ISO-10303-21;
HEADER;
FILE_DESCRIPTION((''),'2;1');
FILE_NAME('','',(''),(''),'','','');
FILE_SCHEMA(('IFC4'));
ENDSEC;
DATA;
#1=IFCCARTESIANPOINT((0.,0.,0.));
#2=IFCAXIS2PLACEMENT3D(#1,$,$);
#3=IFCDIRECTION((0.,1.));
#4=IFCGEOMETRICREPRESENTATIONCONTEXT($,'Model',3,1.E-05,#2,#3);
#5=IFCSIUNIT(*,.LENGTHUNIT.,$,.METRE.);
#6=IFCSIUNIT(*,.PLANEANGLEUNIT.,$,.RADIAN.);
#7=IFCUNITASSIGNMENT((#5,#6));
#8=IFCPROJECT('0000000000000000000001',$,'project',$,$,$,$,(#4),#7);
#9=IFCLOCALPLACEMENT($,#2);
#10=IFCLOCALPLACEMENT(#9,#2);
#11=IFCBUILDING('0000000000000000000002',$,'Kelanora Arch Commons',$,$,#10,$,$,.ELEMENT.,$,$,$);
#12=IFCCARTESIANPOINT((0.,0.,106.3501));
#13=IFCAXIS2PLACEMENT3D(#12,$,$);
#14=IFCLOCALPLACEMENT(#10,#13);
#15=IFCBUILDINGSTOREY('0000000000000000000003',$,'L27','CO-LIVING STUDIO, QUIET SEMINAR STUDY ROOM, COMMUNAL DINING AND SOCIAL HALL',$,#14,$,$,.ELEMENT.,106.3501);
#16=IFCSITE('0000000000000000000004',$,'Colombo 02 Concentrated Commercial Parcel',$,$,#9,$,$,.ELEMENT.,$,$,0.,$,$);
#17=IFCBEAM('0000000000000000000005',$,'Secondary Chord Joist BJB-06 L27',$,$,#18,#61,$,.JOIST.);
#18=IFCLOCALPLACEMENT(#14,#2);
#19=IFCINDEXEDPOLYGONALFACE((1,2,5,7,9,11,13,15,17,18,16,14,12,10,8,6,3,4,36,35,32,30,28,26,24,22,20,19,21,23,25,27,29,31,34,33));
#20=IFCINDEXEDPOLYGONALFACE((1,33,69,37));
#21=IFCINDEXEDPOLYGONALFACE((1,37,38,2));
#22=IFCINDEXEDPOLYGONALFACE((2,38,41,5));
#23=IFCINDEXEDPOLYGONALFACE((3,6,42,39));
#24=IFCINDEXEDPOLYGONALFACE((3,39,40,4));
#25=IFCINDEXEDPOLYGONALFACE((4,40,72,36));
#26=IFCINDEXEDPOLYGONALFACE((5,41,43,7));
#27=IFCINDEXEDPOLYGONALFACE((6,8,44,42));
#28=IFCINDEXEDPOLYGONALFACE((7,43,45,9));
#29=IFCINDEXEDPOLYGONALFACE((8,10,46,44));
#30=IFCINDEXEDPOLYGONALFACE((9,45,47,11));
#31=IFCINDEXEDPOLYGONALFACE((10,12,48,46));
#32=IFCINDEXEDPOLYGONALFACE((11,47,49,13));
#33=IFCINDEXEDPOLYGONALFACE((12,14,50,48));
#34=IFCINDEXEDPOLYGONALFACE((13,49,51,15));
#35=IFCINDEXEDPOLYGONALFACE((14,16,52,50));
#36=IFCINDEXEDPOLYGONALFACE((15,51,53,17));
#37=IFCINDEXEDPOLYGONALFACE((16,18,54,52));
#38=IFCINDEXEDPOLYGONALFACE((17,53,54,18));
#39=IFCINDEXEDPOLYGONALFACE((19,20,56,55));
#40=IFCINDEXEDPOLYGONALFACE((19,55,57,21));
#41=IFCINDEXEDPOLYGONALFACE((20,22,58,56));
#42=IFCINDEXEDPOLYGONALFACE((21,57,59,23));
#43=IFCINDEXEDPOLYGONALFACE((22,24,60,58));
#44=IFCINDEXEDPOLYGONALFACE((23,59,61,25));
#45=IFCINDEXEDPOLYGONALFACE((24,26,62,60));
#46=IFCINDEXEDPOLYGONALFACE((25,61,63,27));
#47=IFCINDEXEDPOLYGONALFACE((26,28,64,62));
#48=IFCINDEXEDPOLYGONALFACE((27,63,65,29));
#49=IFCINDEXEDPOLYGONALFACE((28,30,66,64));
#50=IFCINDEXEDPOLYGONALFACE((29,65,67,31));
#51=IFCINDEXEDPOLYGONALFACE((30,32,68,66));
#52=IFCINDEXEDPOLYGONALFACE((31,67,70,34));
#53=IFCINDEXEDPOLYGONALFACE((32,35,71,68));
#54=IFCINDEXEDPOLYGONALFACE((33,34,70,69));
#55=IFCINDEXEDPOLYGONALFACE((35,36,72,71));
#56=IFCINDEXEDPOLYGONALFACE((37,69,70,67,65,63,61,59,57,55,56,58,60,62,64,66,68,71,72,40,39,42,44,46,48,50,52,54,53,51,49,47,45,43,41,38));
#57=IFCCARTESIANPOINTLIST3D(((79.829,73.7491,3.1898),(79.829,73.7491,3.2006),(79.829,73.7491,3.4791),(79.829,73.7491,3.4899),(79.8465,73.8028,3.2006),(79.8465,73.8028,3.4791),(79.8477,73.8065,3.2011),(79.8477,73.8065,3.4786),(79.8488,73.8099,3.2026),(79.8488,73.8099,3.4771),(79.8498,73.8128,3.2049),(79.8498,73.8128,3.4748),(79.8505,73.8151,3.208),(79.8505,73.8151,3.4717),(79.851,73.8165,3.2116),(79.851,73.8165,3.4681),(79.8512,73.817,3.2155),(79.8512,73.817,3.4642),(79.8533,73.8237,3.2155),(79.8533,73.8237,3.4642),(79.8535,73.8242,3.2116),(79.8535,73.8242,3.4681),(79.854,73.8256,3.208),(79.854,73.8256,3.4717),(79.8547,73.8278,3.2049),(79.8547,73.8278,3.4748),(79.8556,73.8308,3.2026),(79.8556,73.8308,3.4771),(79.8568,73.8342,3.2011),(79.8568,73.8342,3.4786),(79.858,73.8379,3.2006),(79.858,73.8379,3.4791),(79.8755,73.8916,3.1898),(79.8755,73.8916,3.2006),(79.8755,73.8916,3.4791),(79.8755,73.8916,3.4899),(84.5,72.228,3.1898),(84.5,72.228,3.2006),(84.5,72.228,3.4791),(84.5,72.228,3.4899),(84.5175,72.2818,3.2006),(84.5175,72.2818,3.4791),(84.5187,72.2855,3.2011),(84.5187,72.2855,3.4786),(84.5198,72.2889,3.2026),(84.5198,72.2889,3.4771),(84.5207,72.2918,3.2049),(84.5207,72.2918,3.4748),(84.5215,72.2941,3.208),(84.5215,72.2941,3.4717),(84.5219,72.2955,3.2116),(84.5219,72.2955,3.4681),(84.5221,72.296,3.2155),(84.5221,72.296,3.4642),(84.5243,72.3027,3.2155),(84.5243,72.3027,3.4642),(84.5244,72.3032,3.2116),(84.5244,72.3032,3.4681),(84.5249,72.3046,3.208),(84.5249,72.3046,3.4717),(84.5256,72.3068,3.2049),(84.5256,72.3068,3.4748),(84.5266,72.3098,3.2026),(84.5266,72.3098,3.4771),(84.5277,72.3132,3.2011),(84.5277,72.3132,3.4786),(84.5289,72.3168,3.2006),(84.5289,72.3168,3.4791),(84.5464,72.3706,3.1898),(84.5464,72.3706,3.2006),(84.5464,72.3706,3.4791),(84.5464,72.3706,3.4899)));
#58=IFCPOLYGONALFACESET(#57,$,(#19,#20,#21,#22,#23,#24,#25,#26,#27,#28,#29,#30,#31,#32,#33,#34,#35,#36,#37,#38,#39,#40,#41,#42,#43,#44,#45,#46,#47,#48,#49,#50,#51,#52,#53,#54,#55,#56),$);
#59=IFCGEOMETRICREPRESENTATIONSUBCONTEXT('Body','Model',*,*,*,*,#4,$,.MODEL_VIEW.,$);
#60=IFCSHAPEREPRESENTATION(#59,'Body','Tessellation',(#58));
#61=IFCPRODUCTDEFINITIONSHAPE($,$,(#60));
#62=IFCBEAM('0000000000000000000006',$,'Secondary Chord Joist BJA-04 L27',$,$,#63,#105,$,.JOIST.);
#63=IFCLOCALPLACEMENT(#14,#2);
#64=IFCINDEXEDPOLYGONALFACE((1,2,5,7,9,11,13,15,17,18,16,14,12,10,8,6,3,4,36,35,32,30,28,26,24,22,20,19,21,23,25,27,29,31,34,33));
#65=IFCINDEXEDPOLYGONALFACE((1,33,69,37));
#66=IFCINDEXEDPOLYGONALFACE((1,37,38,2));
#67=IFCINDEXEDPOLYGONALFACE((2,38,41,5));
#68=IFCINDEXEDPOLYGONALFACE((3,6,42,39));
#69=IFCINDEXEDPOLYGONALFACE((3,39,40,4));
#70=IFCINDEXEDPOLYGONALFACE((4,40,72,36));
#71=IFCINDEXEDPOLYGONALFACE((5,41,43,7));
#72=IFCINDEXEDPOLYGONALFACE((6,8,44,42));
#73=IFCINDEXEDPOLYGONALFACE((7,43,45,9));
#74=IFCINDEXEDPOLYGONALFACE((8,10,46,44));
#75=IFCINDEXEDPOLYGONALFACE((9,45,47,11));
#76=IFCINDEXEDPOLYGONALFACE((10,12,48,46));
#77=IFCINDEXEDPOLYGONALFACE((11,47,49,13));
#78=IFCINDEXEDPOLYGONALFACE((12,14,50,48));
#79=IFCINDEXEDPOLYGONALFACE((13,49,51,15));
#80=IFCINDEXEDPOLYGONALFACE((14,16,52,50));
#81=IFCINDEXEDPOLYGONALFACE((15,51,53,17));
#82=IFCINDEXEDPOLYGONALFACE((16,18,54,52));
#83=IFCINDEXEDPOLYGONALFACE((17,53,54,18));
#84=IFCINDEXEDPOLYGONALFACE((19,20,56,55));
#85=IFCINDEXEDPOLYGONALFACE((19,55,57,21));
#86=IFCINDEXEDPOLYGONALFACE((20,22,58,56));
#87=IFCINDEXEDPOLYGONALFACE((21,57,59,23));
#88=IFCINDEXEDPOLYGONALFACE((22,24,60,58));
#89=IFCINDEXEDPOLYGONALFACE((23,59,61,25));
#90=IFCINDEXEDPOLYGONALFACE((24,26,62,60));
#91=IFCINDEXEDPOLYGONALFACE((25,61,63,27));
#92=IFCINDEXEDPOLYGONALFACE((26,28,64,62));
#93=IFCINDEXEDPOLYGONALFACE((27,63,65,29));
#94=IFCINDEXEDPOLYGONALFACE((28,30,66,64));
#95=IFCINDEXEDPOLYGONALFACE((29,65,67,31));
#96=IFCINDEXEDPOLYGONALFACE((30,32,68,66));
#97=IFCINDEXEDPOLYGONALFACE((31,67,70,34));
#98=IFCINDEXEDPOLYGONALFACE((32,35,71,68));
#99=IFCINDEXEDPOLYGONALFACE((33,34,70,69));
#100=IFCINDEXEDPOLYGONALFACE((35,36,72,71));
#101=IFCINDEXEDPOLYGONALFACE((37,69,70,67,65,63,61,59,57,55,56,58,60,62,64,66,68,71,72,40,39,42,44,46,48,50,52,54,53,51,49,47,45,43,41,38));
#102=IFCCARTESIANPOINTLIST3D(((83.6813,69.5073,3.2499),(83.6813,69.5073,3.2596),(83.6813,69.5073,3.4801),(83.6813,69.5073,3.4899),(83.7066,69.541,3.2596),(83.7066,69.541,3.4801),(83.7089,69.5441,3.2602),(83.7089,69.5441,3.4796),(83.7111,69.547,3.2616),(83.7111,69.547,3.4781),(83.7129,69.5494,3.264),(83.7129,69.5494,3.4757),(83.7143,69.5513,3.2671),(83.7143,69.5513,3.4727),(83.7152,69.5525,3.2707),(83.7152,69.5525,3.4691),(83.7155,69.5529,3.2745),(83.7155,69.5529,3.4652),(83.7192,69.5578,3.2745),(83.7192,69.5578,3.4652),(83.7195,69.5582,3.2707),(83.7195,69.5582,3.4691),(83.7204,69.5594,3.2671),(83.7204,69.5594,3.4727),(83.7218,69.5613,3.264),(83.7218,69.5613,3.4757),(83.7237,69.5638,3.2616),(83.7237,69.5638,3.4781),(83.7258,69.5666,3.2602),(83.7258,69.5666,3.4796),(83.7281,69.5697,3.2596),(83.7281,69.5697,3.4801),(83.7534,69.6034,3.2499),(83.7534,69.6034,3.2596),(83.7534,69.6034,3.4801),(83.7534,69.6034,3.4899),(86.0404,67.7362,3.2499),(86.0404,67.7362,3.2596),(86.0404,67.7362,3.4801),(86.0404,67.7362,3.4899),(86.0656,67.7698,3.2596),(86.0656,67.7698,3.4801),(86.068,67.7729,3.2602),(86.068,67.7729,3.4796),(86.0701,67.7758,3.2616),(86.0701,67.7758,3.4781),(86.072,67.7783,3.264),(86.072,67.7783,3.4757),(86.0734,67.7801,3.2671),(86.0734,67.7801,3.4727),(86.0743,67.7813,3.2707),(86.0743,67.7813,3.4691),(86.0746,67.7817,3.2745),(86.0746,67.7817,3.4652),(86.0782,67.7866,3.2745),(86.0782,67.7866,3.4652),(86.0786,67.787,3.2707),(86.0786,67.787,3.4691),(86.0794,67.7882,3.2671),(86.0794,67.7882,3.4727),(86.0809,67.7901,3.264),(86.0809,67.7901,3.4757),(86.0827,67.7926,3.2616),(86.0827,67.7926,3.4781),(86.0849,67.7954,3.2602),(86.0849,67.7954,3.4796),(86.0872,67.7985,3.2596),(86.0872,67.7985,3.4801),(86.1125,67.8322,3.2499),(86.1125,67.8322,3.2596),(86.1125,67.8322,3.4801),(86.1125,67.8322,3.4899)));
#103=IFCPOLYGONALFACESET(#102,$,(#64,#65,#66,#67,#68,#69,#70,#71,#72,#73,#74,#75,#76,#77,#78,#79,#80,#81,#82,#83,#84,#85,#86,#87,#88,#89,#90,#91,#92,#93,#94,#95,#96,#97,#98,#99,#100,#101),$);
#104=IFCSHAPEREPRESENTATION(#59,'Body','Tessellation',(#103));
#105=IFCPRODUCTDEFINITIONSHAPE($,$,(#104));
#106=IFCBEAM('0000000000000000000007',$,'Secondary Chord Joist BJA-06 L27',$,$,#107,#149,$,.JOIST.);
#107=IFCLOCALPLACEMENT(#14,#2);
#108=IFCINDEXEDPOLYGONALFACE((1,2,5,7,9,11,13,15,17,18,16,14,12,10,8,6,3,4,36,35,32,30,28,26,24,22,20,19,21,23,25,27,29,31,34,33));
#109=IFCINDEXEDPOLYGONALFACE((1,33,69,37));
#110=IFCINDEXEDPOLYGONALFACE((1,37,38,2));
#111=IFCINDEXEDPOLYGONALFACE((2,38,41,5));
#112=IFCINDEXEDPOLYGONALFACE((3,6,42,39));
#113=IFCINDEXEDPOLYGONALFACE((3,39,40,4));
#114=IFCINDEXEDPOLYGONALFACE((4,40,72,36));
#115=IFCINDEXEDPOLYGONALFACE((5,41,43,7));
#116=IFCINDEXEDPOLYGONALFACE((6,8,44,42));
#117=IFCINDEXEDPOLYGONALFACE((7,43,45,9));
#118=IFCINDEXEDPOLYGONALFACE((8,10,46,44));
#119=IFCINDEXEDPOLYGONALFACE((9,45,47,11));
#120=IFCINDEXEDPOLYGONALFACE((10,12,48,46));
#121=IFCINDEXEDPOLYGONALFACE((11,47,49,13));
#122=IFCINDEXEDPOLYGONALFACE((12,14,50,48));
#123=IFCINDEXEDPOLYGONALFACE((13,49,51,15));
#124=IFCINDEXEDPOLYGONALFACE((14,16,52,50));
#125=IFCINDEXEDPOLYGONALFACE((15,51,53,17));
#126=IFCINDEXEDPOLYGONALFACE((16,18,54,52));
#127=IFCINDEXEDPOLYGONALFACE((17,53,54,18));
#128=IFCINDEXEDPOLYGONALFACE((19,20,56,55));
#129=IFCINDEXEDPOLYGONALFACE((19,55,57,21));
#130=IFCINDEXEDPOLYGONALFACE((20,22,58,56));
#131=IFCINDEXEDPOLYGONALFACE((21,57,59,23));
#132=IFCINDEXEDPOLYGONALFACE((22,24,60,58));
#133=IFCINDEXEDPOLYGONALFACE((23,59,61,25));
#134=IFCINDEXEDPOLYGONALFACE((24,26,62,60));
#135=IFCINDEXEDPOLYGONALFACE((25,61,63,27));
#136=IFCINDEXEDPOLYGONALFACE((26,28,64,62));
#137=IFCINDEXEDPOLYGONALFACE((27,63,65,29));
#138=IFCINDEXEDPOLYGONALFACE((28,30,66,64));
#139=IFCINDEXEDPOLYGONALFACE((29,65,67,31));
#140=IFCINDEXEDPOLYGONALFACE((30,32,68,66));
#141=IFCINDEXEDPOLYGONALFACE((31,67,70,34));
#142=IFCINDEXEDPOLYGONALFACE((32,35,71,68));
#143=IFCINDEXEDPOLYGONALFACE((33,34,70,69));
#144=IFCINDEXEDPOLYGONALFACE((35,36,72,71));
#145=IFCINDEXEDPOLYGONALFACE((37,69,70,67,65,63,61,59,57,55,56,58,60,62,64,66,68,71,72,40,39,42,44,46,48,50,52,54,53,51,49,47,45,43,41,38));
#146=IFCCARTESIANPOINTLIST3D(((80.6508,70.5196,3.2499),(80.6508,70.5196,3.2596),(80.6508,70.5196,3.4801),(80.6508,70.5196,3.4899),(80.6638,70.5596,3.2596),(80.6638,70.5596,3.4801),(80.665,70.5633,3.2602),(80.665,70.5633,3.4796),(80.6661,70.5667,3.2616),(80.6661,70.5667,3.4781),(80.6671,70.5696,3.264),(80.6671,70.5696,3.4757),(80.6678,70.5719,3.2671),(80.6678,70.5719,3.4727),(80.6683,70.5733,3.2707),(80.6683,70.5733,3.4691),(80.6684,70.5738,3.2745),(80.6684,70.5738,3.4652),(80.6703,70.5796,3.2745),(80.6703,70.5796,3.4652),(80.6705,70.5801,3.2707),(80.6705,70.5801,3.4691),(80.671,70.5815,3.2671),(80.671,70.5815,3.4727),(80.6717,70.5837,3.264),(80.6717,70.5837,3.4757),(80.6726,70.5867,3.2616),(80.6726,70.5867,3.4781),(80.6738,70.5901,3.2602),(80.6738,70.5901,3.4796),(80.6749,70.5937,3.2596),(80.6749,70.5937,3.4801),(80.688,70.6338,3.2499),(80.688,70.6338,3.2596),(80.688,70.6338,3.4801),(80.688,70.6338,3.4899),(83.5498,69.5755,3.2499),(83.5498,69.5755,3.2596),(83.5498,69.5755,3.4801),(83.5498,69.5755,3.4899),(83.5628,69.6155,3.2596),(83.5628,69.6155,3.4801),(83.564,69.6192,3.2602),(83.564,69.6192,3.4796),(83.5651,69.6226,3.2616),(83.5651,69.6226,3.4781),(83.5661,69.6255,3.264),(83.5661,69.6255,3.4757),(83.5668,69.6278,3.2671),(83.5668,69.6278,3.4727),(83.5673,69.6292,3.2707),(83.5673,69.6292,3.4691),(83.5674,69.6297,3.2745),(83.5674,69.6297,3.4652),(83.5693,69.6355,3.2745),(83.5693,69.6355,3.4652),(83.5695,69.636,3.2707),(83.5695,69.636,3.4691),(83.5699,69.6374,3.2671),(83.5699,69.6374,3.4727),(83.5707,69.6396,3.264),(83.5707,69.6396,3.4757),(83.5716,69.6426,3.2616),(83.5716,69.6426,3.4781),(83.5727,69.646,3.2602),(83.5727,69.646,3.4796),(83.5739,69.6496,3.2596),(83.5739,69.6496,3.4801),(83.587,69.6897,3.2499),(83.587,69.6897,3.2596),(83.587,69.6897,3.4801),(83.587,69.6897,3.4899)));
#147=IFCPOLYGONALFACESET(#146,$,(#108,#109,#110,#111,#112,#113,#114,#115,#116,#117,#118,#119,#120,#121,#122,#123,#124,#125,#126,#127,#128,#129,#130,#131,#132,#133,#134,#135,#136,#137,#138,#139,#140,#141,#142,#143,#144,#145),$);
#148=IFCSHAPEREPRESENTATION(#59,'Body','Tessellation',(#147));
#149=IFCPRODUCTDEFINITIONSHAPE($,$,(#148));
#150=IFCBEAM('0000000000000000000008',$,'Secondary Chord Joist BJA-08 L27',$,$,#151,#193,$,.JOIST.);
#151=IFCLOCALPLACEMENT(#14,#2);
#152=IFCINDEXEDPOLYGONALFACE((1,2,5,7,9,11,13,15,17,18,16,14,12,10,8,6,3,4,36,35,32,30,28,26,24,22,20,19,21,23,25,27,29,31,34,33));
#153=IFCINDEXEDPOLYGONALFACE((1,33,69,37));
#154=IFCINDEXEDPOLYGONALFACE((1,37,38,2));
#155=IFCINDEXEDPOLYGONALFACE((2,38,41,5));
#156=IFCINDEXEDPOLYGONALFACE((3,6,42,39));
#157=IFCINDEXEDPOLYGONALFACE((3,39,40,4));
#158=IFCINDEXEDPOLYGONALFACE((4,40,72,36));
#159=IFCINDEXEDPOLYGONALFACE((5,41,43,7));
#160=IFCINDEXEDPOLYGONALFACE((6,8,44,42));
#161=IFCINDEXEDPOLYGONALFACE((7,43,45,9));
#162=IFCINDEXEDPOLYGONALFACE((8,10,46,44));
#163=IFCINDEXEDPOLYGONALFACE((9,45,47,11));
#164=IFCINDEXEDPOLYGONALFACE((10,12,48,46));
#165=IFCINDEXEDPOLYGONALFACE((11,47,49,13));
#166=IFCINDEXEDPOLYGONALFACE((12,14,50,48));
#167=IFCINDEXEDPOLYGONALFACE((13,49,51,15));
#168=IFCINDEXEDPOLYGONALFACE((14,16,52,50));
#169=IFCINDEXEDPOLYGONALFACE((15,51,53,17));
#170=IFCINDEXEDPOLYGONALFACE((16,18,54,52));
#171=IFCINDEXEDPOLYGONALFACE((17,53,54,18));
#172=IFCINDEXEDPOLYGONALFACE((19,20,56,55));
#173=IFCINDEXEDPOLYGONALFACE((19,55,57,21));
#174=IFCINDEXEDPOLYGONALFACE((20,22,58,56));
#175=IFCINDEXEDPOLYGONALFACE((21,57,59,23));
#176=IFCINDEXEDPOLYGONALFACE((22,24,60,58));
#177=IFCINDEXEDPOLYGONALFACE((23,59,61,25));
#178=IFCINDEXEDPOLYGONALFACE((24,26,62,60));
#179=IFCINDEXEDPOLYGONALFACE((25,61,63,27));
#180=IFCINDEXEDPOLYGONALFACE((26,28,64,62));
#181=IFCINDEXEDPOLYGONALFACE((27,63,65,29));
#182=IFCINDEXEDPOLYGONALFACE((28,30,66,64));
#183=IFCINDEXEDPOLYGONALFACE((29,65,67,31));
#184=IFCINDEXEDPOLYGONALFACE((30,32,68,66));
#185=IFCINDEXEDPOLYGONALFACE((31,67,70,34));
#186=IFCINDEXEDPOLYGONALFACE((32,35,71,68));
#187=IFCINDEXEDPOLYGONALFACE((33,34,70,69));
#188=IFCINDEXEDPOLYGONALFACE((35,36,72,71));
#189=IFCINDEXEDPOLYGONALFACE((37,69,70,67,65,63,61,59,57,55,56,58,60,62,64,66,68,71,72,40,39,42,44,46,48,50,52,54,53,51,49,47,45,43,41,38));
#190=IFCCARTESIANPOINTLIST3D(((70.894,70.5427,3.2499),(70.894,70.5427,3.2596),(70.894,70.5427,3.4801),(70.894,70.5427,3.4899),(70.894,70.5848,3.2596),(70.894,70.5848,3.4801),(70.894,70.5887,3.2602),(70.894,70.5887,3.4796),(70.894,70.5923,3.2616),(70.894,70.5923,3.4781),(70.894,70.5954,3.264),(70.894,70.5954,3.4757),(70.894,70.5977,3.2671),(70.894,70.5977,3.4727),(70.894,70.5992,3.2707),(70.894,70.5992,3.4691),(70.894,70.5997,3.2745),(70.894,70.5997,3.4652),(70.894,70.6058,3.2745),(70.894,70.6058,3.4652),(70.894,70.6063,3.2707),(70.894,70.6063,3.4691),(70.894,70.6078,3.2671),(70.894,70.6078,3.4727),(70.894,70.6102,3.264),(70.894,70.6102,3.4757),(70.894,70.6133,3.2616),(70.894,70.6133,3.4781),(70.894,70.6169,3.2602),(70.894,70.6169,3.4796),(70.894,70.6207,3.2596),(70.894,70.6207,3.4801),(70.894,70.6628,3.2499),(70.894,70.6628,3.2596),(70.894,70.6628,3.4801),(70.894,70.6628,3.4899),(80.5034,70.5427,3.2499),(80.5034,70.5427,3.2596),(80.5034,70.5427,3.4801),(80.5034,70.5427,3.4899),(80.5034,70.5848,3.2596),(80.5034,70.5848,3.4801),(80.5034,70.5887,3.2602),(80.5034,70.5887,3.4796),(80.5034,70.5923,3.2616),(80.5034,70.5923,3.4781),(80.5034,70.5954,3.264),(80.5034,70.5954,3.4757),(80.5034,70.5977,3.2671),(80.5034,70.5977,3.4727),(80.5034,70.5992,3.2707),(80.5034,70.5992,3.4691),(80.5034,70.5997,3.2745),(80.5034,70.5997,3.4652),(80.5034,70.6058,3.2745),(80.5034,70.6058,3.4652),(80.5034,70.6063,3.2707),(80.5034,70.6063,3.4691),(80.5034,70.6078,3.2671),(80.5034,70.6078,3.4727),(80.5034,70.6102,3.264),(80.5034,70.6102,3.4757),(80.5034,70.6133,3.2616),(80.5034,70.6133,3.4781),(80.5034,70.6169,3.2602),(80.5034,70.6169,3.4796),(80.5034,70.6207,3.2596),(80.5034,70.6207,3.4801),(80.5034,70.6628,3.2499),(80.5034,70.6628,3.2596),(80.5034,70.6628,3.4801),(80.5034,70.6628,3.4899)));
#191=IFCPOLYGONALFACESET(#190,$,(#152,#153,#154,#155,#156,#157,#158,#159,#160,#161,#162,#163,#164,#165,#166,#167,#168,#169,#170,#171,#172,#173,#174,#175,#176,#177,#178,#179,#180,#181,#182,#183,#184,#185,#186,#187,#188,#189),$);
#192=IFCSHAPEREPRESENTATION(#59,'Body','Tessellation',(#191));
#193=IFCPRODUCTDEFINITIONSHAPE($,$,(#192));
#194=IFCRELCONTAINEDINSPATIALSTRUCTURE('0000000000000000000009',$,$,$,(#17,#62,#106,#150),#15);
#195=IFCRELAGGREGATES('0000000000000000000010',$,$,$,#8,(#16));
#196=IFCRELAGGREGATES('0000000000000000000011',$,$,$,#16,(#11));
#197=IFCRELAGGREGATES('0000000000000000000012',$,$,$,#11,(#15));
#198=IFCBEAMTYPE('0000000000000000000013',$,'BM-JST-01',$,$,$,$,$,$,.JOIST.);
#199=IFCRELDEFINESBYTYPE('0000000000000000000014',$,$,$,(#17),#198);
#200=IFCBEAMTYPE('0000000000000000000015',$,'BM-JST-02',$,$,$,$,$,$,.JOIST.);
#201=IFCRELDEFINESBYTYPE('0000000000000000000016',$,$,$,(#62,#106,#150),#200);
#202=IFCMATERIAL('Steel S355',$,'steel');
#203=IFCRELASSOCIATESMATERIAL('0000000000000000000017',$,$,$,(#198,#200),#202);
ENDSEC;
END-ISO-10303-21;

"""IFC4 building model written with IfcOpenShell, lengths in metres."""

from ifc_helpers import new_model, si_unit, direction, frame, origin, origin_2d, place, context, subcontext, project, spatial, i_section, extrude, material, material_profile, profile_set, type_object, element, save


model = new_model("IFC4")

# Units and contexts
model_context = context("Model", 3, precision=1e-05, world=origin(), true_north=direction((0.0, 1.0)))
body_context = subcontext(model_context, "Body", "Model", "MODEL_VIEW")
ifc_project = project(units=[si_unit("LENGTHUNIT", "METRE"), si_unit("PLANEANGLEUNIT", "RADIAN")], contexts=[model_context])

# Site, building, storey
site_placement = place(None, origin())
site = spatial("IfcSite", under=ifc_project, at=site_placement, Name="Colombo 02 Concentrated Commercial Parcel", CompositionType="ELEMENT", RefElevation=0.0)
building_placement = place(site_placement, origin())
building = spatial("IfcBuilding", under=site, at=building_placement, Name="Kelanora Arch Commons", CompositionType="ELEMENT")
storey_placement = place(building_placement, frame((0.0, 0.0, 106.3501)))
storey = spatial("IfcBuildingStorey", under=building, at=storey_placement, Name="L27", Description="CO-LIVING STUDIO, QUIET SEMINAR STUDY ROOM, COMMUNAL DINING AND SOCIAL HALL", CompositionType="ELEMENT", Elevation=106.3501)

# Beams
ifc_material_1 = material(Name="Steel S355", Category="steel")
ifc_material_profile_1 = material_profile(ifc_material_1, i_section(OverallWidth=0.1499, OverallDepth=0.3, WebThickness=0.0071, FlangeThickness=0.0107, FilletRadius=0.0149, at=origin_2d()), Name="IPE300")
ifc_profile_set_1 = profile_set([ifc_material_profile_1], Name="Steel S355")
beam_type_1 = type_object("IfcBeamType", Name="BM-JST-01", PredefinedType="JOIST", material=ifc_profile_set_1)
beam_1_placement = place(storey_placement, frame((84.5232, 72.2993, 3.3398), z_axis=(-0.950857, 0.30963, 0.0), x_axis=(-0.30963, -0.950857, 0.0)))
element("IfcBeam", 1, at=beam_1_placement, inside=storey, type_object=beam_type_1, Name="Secondary Chord Joist BJB-06 L27", PredefinedType="JOIST", context=body_context, shape_type="SweptSolid", body=[
    extrude(i_section(OverallWidth=0.1499, OverallDepth=0.3, WebThickness=0.0071, FlangeThickness=0.0107, FilletRadius=0.0149, at=origin_2d()), origin(), (0.0, 0.0, 1.0), 4.9124),
])
ifc_material_profile_2 = material_profile(ifc_material_1, i_section(OverallWidth=0.1201, OverallDepth=0.24, WebThickness=0.0061, FlangeThickness=0.0098, FilletRadius=0.0149, at=origin_2d()), Name="IPE240")
ifc_profile_set_2 = profile_set([ifc_material_profile_2], Name="Steel S355")
beam_type_2 = type_object("IfcBeamType", Name="BM-JST-02", PredefinedType="JOIST", material=ifc_profile_set_2)
beam_2_placement = place(storey_placement, frame((86.0764, 67.7842, 3.3699), z_axis=(-0.799692, 0.60041, 0.0), x_axis=(-0.60041, -0.799692, 0.0)))
element("IfcBeam", 2, at=beam_2_placement, inside=storey, type_object=beam_type_2, Name="Secondary Chord Joist BJA-04 L27", PredefinedType="JOIST", context=body_context, shape_type="SweptSolid", body=[
    extrude(i_section(OverallWidth=0.1201, OverallDepth=0.24, WebThickness=0.0061, FlangeThickness=0.0098, FilletRadius=0.0149, at=origin_2d()), origin(), (0.0, 0.0, 1.0), 2.95),
])
beam_3_placement = place(storey_placement, frame((83.5684, 69.6326, 3.3699), z_axis=(-0.950847, 0.309662, 0.0), x_axis=(-0.309662, -0.950847, 0.0)))
element("IfcBeam", 3, at=beam_3_placement, inside=storey, type_object=beam_type_2, Name="Secondary Chord Joist BJA-06 L27", PredefinedType="JOIST", context=body_context, shape_type="SweptSolid", body=[
    extrude(i_section(OverallWidth=0.1201, OverallDepth=0.24, WebThickness=0.0061, FlangeThickness=0.0098, FilletRadius=0.0149, at=origin_2d()), origin(), (0.0, 0.0, 1.0), 3.0488),
])
beam_4_placement = place(storey_placement, frame((80.5034, 70.6028, 3.3699), z_axis=(-1.0, 0.0, 0.0), x_axis=(0.0, -1.0, 0.0)))
element("IfcBeam", 4, at=beam_4_placement, inside=storey, type_object=beam_type_2, Name="Secondary Chord Joist BJA-08 L27", PredefinedType="JOIST", context=body_context, shape_type="SweptSolid", body=[
    extrude(i_section(OverallWidth=0.1201, OverallDepth=0.24, WebThickness=0.0061, FlangeThickness=0.0098, FilletRadius=0.0149, at=origin_2d()), origin(), (0.0, 0.0, 1.0), 9.6094),
])

save(model, "model.ifc")
